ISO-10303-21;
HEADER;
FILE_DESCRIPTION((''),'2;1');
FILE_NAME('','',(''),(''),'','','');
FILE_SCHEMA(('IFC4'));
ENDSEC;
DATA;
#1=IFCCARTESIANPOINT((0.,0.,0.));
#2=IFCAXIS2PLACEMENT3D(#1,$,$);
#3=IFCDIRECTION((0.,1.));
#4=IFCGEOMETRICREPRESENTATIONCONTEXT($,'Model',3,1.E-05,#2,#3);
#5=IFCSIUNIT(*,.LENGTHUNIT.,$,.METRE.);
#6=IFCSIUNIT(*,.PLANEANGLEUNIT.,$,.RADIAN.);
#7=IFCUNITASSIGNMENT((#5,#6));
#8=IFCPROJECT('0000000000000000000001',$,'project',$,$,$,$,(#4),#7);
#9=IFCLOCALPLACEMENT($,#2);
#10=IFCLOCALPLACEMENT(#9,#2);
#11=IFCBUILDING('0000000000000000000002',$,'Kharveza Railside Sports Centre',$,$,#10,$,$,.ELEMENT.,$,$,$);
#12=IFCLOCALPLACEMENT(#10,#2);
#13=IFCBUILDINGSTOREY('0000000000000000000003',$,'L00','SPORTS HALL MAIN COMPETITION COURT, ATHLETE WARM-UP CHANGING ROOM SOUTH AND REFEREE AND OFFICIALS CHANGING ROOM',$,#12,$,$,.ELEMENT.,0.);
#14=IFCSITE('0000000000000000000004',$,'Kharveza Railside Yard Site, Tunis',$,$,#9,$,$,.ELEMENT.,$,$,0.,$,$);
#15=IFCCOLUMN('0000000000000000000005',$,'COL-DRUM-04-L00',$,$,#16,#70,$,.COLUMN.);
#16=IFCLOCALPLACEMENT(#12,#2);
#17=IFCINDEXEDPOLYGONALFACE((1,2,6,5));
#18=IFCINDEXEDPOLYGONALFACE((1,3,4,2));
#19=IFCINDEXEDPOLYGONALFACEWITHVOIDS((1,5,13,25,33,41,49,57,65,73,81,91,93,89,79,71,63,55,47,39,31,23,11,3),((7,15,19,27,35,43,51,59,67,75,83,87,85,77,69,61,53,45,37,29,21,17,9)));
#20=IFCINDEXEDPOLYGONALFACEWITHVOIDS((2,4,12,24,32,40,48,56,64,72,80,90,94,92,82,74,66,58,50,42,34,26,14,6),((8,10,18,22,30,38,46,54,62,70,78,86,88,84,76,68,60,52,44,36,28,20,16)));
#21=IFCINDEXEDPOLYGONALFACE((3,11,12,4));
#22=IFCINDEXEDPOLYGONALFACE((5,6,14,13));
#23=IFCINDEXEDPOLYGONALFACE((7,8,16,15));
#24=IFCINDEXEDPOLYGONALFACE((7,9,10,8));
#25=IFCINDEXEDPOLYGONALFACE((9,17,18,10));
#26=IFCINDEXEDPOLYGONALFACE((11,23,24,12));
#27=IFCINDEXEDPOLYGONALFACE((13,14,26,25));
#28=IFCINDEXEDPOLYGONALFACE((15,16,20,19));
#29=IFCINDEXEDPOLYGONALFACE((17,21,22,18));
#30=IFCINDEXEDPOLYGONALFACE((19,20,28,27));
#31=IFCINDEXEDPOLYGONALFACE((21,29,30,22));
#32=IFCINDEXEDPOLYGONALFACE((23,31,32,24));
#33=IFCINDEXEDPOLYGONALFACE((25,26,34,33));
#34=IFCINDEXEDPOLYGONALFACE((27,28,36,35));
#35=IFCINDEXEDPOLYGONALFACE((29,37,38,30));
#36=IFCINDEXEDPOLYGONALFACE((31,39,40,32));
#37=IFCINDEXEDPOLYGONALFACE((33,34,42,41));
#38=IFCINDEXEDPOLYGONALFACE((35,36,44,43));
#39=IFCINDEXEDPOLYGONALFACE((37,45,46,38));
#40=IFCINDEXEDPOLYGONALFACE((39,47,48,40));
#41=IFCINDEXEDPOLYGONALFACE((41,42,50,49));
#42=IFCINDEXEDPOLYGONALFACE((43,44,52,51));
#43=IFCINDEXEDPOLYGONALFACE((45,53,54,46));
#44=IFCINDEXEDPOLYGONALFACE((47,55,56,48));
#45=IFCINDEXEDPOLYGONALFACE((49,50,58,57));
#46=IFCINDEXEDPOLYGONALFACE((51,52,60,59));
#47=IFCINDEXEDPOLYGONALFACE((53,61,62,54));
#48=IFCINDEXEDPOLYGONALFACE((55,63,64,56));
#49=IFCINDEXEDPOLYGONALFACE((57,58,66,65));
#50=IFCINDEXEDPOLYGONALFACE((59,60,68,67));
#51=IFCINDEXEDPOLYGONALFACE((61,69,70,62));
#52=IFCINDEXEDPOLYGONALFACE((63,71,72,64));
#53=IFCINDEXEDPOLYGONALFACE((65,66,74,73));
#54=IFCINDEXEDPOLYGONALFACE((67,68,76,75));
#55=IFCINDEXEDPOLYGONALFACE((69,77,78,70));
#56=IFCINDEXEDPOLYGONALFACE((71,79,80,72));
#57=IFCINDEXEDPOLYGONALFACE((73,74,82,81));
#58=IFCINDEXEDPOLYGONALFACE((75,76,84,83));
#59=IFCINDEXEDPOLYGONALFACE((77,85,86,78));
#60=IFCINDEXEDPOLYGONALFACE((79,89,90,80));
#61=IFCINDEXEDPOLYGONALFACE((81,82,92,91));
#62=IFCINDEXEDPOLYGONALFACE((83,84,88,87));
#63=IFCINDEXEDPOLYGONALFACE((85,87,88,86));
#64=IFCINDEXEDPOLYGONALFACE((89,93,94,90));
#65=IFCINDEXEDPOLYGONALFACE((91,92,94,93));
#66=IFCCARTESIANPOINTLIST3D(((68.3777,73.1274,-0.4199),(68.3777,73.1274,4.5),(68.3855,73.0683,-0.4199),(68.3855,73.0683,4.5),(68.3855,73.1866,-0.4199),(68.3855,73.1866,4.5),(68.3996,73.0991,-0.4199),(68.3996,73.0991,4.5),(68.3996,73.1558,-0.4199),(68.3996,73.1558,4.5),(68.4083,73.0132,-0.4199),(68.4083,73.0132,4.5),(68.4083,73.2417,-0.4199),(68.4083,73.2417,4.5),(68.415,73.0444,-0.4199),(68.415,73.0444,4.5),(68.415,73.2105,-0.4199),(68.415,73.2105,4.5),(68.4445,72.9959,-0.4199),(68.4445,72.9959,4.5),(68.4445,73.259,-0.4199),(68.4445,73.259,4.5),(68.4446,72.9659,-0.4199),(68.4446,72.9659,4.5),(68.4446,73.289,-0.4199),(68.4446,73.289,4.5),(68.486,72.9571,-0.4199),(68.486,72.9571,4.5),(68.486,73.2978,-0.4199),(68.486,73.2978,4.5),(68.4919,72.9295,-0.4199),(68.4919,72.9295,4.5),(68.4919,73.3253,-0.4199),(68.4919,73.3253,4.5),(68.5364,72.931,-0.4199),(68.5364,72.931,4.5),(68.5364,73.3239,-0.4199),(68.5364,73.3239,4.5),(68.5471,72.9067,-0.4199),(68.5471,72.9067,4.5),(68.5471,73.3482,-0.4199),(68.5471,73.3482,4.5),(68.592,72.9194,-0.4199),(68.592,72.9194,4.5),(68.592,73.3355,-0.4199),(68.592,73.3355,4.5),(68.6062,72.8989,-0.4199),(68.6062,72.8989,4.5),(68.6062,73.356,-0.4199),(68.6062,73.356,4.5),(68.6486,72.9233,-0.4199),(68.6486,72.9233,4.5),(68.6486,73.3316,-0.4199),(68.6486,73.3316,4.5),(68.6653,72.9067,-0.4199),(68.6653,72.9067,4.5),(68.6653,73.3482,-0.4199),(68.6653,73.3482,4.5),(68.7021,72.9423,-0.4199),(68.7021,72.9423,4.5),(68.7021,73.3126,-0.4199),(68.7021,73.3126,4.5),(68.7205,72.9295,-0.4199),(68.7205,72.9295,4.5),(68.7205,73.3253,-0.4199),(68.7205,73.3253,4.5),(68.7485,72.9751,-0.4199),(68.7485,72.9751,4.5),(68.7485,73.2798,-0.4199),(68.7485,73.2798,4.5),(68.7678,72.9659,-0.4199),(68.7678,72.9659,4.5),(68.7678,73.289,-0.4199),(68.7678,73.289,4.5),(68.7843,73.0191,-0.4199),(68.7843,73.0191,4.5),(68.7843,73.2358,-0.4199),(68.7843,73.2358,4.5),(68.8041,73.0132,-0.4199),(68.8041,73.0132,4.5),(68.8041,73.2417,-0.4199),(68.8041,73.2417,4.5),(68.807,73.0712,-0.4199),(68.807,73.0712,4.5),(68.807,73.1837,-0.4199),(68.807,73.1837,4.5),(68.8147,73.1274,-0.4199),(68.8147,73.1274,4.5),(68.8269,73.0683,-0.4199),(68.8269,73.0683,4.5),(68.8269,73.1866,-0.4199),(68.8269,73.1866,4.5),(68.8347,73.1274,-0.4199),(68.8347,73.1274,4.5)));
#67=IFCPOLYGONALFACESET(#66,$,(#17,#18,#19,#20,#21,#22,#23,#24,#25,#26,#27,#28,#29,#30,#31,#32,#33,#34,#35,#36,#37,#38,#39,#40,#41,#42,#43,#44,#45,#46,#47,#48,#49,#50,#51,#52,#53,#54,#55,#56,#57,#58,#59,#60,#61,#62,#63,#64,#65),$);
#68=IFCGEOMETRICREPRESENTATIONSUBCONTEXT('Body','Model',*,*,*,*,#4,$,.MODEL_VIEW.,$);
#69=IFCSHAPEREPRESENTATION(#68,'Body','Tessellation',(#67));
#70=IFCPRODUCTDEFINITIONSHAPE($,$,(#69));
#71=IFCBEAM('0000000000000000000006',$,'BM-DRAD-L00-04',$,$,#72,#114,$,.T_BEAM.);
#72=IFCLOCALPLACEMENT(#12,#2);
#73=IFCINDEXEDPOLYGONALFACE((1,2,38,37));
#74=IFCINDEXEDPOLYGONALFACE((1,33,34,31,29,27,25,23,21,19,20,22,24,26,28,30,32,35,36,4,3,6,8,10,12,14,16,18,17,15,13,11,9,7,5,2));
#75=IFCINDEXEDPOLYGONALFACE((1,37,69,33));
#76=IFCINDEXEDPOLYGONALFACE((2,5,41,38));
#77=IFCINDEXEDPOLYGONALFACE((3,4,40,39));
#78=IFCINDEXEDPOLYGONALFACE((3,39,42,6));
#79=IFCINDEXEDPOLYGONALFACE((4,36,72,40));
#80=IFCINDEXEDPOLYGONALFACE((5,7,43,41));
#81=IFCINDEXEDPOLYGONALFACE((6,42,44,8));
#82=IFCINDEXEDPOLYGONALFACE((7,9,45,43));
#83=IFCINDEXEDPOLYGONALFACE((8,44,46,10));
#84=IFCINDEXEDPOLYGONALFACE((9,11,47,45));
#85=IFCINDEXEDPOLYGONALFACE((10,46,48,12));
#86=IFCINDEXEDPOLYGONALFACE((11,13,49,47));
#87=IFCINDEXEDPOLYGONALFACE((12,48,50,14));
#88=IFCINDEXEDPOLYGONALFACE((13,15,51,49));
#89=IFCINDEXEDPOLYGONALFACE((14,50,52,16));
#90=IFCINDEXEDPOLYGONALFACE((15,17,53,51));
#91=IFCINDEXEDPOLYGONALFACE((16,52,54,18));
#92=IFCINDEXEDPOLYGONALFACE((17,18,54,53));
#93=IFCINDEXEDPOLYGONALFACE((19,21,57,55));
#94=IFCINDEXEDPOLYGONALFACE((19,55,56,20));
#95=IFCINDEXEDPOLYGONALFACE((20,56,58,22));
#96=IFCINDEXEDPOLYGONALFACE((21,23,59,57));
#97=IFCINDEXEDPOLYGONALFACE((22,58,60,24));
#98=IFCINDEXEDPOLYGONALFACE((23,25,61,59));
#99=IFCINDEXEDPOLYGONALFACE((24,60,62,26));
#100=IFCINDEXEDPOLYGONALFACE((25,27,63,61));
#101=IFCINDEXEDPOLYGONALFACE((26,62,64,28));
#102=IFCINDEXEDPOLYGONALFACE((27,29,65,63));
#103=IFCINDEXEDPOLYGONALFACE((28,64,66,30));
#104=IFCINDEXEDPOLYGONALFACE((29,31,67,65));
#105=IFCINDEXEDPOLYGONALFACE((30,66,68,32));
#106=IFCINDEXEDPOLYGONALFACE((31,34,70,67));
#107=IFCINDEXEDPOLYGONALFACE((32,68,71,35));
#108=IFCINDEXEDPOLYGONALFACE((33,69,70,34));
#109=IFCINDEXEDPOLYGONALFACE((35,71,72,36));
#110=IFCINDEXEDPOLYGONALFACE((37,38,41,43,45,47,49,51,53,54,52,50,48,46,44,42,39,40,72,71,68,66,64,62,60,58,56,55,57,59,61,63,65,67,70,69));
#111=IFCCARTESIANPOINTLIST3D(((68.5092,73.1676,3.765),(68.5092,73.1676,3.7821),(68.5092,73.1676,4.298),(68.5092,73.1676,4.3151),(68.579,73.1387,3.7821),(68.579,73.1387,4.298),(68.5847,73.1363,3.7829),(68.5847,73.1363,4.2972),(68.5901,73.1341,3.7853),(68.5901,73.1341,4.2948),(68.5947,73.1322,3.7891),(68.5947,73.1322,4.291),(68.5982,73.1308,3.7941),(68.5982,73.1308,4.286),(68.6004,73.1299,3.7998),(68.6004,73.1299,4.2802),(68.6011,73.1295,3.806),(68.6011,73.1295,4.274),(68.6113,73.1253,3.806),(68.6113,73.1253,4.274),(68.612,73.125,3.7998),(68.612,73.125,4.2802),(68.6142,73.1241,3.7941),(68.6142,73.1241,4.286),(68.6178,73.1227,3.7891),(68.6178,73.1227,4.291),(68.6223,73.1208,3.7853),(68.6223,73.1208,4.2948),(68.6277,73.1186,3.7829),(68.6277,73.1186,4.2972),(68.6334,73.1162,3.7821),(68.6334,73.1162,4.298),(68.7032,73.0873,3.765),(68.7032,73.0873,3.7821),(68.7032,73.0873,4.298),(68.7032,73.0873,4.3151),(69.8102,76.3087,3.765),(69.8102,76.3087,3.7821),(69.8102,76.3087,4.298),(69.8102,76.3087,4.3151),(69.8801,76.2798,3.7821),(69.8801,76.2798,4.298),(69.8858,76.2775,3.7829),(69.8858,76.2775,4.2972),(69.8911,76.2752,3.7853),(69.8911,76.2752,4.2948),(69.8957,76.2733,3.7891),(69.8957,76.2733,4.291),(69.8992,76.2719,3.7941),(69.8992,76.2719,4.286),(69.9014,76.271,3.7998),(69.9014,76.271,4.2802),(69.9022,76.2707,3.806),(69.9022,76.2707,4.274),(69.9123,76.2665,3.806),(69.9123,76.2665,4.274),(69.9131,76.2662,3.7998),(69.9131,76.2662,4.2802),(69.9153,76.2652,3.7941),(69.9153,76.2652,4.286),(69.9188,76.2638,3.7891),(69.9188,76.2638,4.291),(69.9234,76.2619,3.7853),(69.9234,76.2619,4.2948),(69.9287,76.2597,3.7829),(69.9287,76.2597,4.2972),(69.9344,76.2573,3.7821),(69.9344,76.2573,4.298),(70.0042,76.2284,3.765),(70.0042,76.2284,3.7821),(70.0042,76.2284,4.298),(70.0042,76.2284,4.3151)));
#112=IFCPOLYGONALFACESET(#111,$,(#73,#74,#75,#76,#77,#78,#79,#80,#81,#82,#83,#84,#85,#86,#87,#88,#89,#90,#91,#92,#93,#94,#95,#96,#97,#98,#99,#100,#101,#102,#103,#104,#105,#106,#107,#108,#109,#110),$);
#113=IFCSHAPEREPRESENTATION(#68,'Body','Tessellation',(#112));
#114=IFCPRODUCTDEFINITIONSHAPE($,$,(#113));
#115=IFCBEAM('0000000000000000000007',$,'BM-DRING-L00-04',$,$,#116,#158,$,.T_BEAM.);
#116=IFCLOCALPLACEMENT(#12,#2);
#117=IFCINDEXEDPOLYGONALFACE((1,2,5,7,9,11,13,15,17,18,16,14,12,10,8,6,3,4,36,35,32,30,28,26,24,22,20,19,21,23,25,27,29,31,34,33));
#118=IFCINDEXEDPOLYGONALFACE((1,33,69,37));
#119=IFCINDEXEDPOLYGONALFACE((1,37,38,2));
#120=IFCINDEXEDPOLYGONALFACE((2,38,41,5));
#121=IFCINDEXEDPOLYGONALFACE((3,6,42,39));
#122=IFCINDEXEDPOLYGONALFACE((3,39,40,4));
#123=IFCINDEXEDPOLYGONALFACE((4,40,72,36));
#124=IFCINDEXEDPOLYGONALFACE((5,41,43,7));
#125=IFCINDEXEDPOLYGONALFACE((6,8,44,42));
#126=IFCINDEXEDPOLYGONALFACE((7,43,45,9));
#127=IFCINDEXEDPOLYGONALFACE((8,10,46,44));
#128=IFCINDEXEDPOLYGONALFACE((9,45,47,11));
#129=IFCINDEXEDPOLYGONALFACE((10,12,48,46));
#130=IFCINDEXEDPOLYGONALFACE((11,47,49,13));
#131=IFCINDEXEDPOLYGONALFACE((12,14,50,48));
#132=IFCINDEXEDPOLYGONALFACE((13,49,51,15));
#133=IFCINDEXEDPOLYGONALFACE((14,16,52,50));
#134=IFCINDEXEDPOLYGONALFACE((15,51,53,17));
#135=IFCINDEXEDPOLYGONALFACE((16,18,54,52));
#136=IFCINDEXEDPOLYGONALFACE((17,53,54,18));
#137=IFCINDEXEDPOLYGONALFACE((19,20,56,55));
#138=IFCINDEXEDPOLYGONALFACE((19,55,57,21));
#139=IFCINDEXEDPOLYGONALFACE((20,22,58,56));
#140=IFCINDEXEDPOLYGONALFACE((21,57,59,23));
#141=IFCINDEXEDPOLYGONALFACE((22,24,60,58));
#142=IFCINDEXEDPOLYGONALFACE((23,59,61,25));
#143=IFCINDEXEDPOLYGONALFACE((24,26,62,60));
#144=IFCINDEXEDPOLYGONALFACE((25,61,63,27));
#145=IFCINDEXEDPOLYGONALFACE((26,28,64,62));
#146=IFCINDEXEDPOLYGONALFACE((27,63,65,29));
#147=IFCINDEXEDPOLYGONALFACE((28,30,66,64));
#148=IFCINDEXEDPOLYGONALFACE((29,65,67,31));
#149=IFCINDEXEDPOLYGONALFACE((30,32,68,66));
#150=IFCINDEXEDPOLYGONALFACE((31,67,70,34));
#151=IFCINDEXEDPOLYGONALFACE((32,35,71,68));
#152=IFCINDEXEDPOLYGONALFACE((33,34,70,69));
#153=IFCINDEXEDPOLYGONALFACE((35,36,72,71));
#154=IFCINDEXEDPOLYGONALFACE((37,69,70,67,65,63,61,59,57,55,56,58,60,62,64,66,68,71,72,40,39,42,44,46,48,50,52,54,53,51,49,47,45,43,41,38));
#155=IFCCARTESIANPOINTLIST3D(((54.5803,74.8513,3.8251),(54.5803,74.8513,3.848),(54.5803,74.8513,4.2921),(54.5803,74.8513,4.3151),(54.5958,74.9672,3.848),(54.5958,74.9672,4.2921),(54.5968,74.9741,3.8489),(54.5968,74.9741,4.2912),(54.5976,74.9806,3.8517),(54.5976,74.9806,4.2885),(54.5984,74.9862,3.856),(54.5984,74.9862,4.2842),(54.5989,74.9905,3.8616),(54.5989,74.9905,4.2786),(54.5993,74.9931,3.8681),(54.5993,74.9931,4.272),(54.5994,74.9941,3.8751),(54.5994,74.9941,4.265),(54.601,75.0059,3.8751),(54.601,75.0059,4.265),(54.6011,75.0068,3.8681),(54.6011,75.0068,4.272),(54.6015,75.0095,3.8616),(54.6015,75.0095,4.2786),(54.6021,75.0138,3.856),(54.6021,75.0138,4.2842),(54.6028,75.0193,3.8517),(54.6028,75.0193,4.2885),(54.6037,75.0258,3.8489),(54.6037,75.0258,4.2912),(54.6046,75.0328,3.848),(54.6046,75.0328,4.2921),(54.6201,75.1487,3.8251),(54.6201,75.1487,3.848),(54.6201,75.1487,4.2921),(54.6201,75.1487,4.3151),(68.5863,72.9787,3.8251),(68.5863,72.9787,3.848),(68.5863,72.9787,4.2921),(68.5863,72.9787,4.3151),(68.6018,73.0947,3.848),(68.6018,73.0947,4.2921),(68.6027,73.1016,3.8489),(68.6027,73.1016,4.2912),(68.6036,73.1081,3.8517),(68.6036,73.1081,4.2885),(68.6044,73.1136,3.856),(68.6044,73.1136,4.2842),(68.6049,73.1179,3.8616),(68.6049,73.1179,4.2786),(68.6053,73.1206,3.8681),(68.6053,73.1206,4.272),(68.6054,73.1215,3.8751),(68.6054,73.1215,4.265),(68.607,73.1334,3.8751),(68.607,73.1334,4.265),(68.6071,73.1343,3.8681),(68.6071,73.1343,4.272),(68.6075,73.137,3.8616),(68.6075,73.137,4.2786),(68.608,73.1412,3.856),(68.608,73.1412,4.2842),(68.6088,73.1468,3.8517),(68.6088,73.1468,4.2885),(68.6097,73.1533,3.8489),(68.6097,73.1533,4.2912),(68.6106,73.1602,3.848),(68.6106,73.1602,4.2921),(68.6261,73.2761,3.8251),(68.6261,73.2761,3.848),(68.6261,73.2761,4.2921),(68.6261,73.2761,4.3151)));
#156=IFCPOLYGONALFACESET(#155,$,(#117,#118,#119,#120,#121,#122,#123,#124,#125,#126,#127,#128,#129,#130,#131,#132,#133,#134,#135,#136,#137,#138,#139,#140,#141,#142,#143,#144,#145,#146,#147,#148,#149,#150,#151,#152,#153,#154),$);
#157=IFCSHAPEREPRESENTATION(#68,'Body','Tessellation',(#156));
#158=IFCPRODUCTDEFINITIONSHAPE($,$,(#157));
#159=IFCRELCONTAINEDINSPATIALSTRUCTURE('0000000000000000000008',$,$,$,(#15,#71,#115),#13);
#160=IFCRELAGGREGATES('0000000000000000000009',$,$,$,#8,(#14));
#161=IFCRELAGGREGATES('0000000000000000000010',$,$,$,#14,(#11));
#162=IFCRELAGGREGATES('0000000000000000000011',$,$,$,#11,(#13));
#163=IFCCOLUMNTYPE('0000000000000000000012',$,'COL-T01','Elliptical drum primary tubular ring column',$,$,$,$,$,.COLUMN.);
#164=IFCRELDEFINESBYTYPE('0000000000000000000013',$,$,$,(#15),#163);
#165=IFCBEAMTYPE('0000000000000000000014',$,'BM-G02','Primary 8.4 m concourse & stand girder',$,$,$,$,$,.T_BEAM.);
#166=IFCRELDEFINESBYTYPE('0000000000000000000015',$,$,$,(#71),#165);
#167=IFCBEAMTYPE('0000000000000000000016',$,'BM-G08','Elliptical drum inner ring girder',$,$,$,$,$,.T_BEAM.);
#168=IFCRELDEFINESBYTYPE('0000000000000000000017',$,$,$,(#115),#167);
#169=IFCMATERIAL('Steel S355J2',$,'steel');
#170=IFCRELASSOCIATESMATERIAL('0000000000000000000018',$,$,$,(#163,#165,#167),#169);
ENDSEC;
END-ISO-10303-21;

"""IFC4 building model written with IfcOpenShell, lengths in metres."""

from ifc_helpers import new_model, si_unit, direction, frame, origin, origin_2d, place, context, subcontext, project, spatial, hollow_circle, i_section, extrude, material, material_profile, profile_set, type_object, element, save


model = new_model("IFC4")

# Units and contexts
model_context = context("Model", 3, precision=1e-05, world=origin(), true_north=direction((0.0, 1.0)))
body_context = subcontext(model_context, "Body", "Model", "MODEL_VIEW")
ifc_project = project(units=[si_unit("LENGTHUNIT", "METRE"), si_unit("PLANEANGLEUNIT", "RADIAN")], contexts=[model_context])

# Site, building, storey
site_placement = place(None, origin())
site = spatial("IfcSite", under=ifc_project, at=site_placement, Name="Kharveza Railside Yard Site, Tunis", CompositionType="ELEMENT", RefElevation=0.0)
building_placement = place(site_placement, origin())
building = spatial("IfcBuilding", under=site, at=building_placement, Name="Kharveza Railside Sports Centre", CompositionType="ELEMENT")
storey_placement = place(building_placement, origin())
storey = spatial("IfcBuildingStorey", under=building, at=storey_placement, Name="L00", Description="SPORTS HALL MAIN COMPETITION COURT, ATHLETE WARM-UP CHANGING ROOM SOUTH AND REFEREE AND OFFICIALS CHANGING ROOM", CompositionType="ELEMENT", Elevation=0.0)

# Column
ifc_material_1 = material(Name="Steel S355J2", Category="steel")
ifc_material_profile_1 = material_profile(ifc_material_1, hollow_circle(Radius=0.2285, WallThickness=0.02, at=origin_2d()), Name="CHS 457.0x20.0")
ifc_profile_set_1 = profile_set([ifc_material_profile_1], Name="Steel S355J2")
column_type_1 = type_object("IfcColumnType", Name="COL-T01", Description="Elliptical drum primary tubular ring column", PredefinedType="COLUMN", material=ifc_profile_set_1)
column_1_placement = place(storey_placement, frame((68.6062, 73.1274, -0.4199), z_axis=(0.0, 0.0, 1.0), x_axis=(1.0, 0.0, 0.0)))
element("IfcColumn", 1, at=column_1_placement, inside=storey, type_object=column_type_1, Name="COL-DRUM-04-L00", PredefinedType="COLUMN", context=body_context, shape_type="SweptSolid", body=[
    extrude(hollow_circle(Radius=0.2285, WallThickness=0.02, at=origin_2d()), origin(), (0.0, 0.0, 1.0), 4.9199),
])

# Beams
ifc_material_profile_2 = material_profile(ifc_material_1, i_section(OverallWidth=0.21, OverallDepth=0.55, WebThickness=0.011, FlangeThickness=0.0171, FilletRadius=0.0239, at=origin_2d()), Name="IPE 550")
ifc_profile_set_2 = profile_set([ifc_material_profile_2], Name="Steel S355J2")
beam_type_1 = type_object("IfcBeamType", Name="BM-G02", Description="Primary 8.4 m concourse & stand girder", PredefinedType="T_BEAM", material=ifc_profile_set_2)
beam_1_placement = place(storey_placement, frame((68.6062, 73.1274, 4.04), z_axis=(0.382667, 0.923886, 0.0), x_axis=(-0.923886, 0.382667, 0.0)))
element("IfcBeam", 2, at=beam_1_placement, inside=storey, type_object=beam_type_1, Name="BM-DRAD-L00-04", PredefinedType="T_BEAM", context=body_context, shape_type="SweptSolid", body=[
    extrude(i_section(OverallWidth=0.21, OverallDepth=0.55, WebThickness=0.011, FlangeThickness=0.0171, FilletRadius=0.0239, at=origin_2d()), origin(), (0.0, 0.0, 1.0), 3.3999),
])
ifc_material_profile_3 = material_profile(ifc_material_1, i_section(OverallWidth=0.3, OverallDepth=0.49, WebThickness=0.012, FlangeThickness=0.0229, FilletRadius=0.0271, at=origin_2d()), Name="HEA 500")
ifc_profile_set_3 = profile_set([ifc_material_profile_3], Name="Steel S355J2")
beam_type_2 = type_object("IfcBeamType", Name="BM-G08", Description="Elliptical drum inner ring girder", PredefinedType="T_BEAM", material=ifc_profile_set_3)
beam_2_placement = place(storey_placement, frame((68.6062, 73.1274, 4.0701), z_axis=(-0.991181, 0.132517, 0.0), x_axis=(-0.132517, -0.991181, 0.0)))
element("IfcBeam", 3, at=beam_2_placement, inside=storey, type_object=beam_type_2, Name="BM-DRING-L00-04", PredefinedType="T_BEAM", context=body_context, shape_type="SweptSolid", body=[
    extrude(i_section(OverallWidth=0.3, OverallDepth=0.49, WebThickness=0.012, FlangeThickness=0.0229, FilletRadius=0.0271, at=origin_2d()), origin(), (0.0, 0.0, 1.0), 14.1306),
])

save(model, "model.ifc")
